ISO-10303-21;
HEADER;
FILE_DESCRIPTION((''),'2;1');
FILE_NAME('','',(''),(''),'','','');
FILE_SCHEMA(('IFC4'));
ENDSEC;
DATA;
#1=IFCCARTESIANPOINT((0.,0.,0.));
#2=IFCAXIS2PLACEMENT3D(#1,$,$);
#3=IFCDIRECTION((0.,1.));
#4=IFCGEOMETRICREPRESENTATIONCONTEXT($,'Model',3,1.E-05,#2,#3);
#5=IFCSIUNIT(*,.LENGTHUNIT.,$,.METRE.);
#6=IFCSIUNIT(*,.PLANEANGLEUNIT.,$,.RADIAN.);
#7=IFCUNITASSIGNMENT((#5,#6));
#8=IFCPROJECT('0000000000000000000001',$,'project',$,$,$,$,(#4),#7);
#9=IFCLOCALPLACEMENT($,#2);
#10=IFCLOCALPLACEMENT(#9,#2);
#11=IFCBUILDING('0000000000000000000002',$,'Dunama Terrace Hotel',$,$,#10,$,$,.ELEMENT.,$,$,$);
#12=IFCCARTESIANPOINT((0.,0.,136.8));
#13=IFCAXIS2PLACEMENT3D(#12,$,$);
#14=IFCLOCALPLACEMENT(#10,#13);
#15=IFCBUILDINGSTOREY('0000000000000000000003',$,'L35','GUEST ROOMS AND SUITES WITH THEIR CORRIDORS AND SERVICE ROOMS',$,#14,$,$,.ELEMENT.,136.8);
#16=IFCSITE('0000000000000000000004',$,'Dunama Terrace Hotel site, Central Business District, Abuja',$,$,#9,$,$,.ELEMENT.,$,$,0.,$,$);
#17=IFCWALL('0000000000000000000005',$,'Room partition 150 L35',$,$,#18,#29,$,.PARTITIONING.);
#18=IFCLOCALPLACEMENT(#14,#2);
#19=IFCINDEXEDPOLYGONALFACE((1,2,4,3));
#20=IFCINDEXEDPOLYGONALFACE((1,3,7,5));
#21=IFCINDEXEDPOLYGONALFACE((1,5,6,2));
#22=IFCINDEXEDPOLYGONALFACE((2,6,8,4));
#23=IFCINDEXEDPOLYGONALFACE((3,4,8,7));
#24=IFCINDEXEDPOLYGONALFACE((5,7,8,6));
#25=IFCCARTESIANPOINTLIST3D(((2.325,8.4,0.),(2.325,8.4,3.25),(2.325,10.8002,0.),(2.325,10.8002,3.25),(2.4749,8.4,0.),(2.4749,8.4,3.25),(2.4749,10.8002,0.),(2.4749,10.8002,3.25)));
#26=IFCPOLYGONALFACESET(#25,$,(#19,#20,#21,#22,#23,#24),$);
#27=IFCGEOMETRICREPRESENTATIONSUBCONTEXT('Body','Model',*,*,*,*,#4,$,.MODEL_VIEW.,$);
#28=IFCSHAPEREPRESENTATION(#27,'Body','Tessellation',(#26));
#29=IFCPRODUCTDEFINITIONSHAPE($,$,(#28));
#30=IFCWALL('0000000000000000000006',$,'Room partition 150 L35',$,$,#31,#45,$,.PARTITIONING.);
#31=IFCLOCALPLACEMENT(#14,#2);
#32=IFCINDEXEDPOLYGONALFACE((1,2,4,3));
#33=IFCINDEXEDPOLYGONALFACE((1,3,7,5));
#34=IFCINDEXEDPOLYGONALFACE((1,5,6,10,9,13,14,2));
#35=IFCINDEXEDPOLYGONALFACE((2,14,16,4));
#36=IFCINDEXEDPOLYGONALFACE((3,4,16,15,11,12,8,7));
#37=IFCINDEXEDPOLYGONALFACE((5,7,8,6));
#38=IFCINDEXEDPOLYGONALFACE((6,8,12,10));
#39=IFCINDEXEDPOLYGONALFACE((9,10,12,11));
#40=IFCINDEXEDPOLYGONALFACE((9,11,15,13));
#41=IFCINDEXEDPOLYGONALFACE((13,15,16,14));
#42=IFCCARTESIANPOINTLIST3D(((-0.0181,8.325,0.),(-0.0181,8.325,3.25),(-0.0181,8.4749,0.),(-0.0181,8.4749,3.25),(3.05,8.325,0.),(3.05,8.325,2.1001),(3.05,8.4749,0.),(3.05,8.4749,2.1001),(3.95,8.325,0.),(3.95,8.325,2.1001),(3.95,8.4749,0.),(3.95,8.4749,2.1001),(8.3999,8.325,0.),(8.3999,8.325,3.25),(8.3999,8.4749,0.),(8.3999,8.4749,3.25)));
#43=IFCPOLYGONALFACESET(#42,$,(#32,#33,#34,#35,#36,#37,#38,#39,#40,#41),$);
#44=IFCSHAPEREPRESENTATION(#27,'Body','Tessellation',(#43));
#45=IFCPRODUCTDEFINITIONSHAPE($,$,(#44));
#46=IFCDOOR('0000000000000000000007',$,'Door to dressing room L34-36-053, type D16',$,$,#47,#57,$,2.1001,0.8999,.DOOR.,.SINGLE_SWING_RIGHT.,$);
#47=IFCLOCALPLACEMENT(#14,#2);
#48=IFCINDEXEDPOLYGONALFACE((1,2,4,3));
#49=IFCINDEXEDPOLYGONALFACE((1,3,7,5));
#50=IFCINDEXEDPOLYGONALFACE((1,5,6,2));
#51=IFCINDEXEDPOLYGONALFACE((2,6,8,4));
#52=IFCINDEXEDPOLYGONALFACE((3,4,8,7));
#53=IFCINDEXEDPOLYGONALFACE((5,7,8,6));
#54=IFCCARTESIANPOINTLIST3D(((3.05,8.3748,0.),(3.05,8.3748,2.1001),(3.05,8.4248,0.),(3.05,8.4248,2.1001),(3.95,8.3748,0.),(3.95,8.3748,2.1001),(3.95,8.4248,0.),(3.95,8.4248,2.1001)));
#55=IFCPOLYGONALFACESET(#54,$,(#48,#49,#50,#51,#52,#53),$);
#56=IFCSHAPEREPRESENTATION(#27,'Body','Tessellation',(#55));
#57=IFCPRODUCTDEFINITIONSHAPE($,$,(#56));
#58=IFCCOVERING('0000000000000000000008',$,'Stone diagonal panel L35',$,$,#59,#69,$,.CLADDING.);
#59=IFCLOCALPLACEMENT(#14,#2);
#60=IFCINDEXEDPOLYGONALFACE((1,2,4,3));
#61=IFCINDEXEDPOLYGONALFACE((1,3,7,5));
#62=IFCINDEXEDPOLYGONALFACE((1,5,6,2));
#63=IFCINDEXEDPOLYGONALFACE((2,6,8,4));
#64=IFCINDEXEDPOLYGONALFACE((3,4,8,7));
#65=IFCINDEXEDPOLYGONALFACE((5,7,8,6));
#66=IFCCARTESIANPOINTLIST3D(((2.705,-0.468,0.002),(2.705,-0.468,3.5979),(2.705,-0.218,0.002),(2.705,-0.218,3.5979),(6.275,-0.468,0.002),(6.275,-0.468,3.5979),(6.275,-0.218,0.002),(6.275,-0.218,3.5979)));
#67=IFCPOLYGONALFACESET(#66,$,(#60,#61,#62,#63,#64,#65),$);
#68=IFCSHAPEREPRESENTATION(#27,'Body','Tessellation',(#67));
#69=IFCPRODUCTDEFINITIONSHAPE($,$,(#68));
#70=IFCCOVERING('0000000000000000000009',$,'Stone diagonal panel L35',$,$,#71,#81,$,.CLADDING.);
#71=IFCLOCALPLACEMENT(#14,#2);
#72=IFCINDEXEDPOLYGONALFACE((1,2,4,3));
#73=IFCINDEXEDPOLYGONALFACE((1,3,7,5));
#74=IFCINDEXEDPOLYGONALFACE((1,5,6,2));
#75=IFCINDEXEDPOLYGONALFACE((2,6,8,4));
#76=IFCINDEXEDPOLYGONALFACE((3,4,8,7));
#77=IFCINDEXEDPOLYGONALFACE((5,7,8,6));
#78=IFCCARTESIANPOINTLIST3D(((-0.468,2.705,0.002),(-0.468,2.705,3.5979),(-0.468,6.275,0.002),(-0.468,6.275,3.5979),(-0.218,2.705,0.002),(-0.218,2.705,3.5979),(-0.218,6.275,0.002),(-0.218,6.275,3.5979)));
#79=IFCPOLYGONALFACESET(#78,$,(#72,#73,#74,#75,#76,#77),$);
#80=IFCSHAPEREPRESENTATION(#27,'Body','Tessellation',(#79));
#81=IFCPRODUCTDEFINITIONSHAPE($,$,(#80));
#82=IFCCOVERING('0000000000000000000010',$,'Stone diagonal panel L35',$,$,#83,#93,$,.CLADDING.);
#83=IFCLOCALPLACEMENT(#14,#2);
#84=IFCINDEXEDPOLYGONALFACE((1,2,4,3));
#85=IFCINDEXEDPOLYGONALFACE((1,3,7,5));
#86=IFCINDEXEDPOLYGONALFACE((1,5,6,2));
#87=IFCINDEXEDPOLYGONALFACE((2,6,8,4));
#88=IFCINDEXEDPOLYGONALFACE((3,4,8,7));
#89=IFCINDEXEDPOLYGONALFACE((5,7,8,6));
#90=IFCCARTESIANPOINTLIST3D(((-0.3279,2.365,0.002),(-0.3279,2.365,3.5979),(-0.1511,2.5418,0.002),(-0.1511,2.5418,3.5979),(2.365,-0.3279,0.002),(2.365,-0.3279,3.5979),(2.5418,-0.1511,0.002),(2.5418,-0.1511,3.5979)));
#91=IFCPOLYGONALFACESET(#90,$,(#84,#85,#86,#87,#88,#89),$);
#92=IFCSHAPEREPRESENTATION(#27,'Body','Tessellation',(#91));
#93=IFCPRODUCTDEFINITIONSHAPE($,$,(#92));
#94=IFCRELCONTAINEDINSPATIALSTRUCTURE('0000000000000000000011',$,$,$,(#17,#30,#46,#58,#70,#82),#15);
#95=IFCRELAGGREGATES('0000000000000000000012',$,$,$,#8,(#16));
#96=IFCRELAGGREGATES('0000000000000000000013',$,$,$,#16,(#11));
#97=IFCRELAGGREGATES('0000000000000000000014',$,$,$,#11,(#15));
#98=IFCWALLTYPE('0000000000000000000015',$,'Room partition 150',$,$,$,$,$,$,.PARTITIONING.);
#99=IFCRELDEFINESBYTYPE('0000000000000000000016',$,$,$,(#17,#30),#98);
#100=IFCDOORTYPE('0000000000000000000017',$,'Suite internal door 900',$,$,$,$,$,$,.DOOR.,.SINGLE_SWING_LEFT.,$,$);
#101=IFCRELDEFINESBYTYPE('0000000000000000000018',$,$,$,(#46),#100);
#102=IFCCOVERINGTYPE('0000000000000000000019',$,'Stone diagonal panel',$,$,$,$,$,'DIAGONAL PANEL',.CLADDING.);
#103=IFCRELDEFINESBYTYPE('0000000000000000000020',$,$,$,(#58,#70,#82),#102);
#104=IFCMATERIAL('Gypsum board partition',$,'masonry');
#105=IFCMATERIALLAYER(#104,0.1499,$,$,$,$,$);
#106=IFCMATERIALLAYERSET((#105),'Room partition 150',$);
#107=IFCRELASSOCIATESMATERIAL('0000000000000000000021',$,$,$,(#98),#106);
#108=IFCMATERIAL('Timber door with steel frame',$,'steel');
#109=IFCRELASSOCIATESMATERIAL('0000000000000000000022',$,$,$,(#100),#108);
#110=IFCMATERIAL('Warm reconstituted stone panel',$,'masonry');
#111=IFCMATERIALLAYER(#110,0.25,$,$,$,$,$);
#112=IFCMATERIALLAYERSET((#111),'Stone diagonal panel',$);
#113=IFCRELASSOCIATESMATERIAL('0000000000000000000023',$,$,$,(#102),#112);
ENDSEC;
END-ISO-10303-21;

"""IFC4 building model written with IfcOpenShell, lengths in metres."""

from ifc_helpers import new_model, si_unit, direction, frame, frame_2d, origin, origin_2d, place, context, subcontext, project, spatial, rectangle, extrude, material, layer, layer_set, type_object, element, fill, save


model = new_model("IFC4")

# Units and contexts
model_context = context("Model", 3, precision=1e-05, world=origin(), true_north=direction((0.0, 1.0)))
body_context = subcontext(model_context, "Body", "Model", "MODEL_VIEW")
ifc_project = project(units=[si_unit("LENGTHUNIT", "METRE"), si_unit("PLANEANGLEUNIT", "RADIAN")], contexts=[model_context])

# Site, building, storey
site_placement = place(None, origin())
site = spatial("IfcSite", under=ifc_project, at=site_placement, Name="Dunama Terrace Hotel site, Central Business District, Abuja", CompositionType="ELEMENT", RefElevation=0.0)
building_placement = place(site_placement, origin())
building = spatial("IfcBuilding", under=site, at=building_placement, Name="Dunama Terrace Hotel", CompositionType="ELEMENT")
storey_placement = place(building_placement, frame((0.0, 0.0, 136.8)))
storey = spatial("IfcBuildingStorey", under=building, at=storey_placement, Name="L35", Description="GUEST ROOMS AND SUITES WITH THEIR CORRIDORS AND SERVICE ROOMS", CompositionType="ELEMENT", Elevation=136.8)

# Wall
ifc_material_1 = material(Name="Gypsum board partition", Category="masonry")
ifc_layer_1 = layer(ifc_material_1, 0.1499)
ifc_layer_set_1 = layer_set([ifc_layer_1], Name="Room partition 150")
wall_type_1 = type_object("IfcWallType", Name="Room partition 150", PredefinedType="PARTITIONING", material=ifc_layer_set_1)
wall_1_placement = place(storey_placement, frame((2.3999, 8.3999, 0.0), z_axis=(0.0, 0.0, 1.0), x_axis=(0.0, 1.0, 0.0)))
element("IfcWall", 1, at=wall_1_placement, inside=storey, type_object=wall_type_1, Name="Room partition 150 L35", PredefinedType="PARTITIONING", context=body_context, shape_type="SweptSolid", body=[
    extrude(rectangle(XDim=2.4001, YDim=0.1499, at=frame_2d((1.2002, 0.0))), origin(), (0.0, 0.0, 1.0), 3.25),
])

# Wall, opening, door
wall_2_placement = place(storey_placement, frame((-0.0181, 8.3999, 0.0), z_axis=(0.0, 0.0, 1.0), x_axis=(1.0, 0.0, 0.0)))
wall_2 = element("IfcWall", 2, at=wall_2_placement, inside=storey, type_object=wall_type_1, Name="Room partition 150 L35", PredefinedType="PARTITIONING", context=body_context, shape_type="SweptSolid", body=[
    extrude(rectangle(XDim=8.418, YDim=0.1499, at=frame_2d((4.209, 0.0))), origin(), (0.0, 0.0, 1.0), 3.25),
])
opening_1_placement = place(wall_2_placement, frame((3.0681, 0.0, 0.0)))
opening_1 = element("IfcOpeningElement", 3, at=opening_1_placement, cuts=wall_2, PredefinedType="OPENING", context=body_context, shape_type="SweptSolid", body=[
    extrude(rectangle(XDim=0.8999, YDim=2.1001, at=frame_2d((0.45, 1.05))), frame((0.0, 0.085, 0.0), z_axis=(0.0, -1.0, 0.0), x_axis=(1.0, 0.0, 0.0)), (0.0, 0.0, 1.0), 0.1699),
])
ifc_material_2 = material(Name="Timber door with steel frame", Category="steel")
door_type_1 = type_object("IfcDoorType", Name="Suite internal door 900", OperationType="SINGLE_SWING_LEFT", PredefinedType="DOOR", material=ifc_material_2)
door_1_placement = place(opening_1_placement, origin())
door_1 = element("IfcDoor", 4, at=door_1_placement, inside=storey, type_object=door_type_1, Name="Door to dressing room L34-36-053, type D16", OperationType="SINGLE_SWING_RIGHT", OverallHeight=2.1001, OverallWidth=0.8999, PredefinedType="DOOR", context=body_context, shape_type="SweptSolid", body=[
    extrude(rectangle(XDim=0.8999, YDim=2.1001, at=frame_2d((0.45, 1.05))), frame((0.0, 0.0249, 0.0), z_axis=(0.0, -1.0, 0.0), x_axis=(1.0, 0.0, 0.0)), (0.0, 0.0, 1.0), 0.05),
])
fill(opening_1, door_1)

# Coverings
ifc_material_3 = material(Name="Warm reconstituted stone panel", Category="masonry")
ifc_layer_2 = layer(ifc_material_3, 0.25)
ifc_layer_set_2 = layer_set([ifc_layer_2], Name="Stone diagonal panel")
covering_type = type_object("IfcCoveringType", Name="Stone diagonal panel", ElementType="DIAGONAL PANEL", PredefinedType="CLADDING", material=ifc_layer_set_2)
for number, where, z_axis, x_axis, name in (
    (5, (4.49, -0.343, 0.002), (0.0, 0.0, 1.0), (1.0, 0.0, 0.0), "Stone diagonal panel L35"),
    (6, (-0.343, 4.49, 0.002), (0.0, 0.0, 1.0), (0.0, -1.0, 0.0), "Stone diagonal panel L35"),
):
    element("IfcCovering", number, at=place(storey_placement, frame(where, z_axis=z_axis, x_axis=x_axis)), inside=storey, type_object=covering_type, Name=name, PredefinedType="CLADDING", context=body_context, shape_type="SweptSolid", body=[
        extrude(rectangle(XDim=3.5701, YDim=0.25, at=origin_2d()), origin(), (0.0, 0.0, 1.0), 3.5959),
    ])
covering_placement = place(storey_placement, frame((1.1069, 1.1069, 0.002), z_axis=(0.0, 0.0, 1.0), x_axis=(0.707107, -0.707107, 0.0)))
element("IfcCovering", 7, at=covering_placement, inside=storey, type_object=covering_type, Name="Stone diagonal panel L35", PredefinedType="CLADDING", context=body_context, shape_type="SweptSolid", body=[
    extrude(rectangle(XDim=3.8083, YDim=0.25, at=origin_2d()), origin(), (0.0, 0.0, 1.0), 3.5959),
])

save(model, "model.ifc")
